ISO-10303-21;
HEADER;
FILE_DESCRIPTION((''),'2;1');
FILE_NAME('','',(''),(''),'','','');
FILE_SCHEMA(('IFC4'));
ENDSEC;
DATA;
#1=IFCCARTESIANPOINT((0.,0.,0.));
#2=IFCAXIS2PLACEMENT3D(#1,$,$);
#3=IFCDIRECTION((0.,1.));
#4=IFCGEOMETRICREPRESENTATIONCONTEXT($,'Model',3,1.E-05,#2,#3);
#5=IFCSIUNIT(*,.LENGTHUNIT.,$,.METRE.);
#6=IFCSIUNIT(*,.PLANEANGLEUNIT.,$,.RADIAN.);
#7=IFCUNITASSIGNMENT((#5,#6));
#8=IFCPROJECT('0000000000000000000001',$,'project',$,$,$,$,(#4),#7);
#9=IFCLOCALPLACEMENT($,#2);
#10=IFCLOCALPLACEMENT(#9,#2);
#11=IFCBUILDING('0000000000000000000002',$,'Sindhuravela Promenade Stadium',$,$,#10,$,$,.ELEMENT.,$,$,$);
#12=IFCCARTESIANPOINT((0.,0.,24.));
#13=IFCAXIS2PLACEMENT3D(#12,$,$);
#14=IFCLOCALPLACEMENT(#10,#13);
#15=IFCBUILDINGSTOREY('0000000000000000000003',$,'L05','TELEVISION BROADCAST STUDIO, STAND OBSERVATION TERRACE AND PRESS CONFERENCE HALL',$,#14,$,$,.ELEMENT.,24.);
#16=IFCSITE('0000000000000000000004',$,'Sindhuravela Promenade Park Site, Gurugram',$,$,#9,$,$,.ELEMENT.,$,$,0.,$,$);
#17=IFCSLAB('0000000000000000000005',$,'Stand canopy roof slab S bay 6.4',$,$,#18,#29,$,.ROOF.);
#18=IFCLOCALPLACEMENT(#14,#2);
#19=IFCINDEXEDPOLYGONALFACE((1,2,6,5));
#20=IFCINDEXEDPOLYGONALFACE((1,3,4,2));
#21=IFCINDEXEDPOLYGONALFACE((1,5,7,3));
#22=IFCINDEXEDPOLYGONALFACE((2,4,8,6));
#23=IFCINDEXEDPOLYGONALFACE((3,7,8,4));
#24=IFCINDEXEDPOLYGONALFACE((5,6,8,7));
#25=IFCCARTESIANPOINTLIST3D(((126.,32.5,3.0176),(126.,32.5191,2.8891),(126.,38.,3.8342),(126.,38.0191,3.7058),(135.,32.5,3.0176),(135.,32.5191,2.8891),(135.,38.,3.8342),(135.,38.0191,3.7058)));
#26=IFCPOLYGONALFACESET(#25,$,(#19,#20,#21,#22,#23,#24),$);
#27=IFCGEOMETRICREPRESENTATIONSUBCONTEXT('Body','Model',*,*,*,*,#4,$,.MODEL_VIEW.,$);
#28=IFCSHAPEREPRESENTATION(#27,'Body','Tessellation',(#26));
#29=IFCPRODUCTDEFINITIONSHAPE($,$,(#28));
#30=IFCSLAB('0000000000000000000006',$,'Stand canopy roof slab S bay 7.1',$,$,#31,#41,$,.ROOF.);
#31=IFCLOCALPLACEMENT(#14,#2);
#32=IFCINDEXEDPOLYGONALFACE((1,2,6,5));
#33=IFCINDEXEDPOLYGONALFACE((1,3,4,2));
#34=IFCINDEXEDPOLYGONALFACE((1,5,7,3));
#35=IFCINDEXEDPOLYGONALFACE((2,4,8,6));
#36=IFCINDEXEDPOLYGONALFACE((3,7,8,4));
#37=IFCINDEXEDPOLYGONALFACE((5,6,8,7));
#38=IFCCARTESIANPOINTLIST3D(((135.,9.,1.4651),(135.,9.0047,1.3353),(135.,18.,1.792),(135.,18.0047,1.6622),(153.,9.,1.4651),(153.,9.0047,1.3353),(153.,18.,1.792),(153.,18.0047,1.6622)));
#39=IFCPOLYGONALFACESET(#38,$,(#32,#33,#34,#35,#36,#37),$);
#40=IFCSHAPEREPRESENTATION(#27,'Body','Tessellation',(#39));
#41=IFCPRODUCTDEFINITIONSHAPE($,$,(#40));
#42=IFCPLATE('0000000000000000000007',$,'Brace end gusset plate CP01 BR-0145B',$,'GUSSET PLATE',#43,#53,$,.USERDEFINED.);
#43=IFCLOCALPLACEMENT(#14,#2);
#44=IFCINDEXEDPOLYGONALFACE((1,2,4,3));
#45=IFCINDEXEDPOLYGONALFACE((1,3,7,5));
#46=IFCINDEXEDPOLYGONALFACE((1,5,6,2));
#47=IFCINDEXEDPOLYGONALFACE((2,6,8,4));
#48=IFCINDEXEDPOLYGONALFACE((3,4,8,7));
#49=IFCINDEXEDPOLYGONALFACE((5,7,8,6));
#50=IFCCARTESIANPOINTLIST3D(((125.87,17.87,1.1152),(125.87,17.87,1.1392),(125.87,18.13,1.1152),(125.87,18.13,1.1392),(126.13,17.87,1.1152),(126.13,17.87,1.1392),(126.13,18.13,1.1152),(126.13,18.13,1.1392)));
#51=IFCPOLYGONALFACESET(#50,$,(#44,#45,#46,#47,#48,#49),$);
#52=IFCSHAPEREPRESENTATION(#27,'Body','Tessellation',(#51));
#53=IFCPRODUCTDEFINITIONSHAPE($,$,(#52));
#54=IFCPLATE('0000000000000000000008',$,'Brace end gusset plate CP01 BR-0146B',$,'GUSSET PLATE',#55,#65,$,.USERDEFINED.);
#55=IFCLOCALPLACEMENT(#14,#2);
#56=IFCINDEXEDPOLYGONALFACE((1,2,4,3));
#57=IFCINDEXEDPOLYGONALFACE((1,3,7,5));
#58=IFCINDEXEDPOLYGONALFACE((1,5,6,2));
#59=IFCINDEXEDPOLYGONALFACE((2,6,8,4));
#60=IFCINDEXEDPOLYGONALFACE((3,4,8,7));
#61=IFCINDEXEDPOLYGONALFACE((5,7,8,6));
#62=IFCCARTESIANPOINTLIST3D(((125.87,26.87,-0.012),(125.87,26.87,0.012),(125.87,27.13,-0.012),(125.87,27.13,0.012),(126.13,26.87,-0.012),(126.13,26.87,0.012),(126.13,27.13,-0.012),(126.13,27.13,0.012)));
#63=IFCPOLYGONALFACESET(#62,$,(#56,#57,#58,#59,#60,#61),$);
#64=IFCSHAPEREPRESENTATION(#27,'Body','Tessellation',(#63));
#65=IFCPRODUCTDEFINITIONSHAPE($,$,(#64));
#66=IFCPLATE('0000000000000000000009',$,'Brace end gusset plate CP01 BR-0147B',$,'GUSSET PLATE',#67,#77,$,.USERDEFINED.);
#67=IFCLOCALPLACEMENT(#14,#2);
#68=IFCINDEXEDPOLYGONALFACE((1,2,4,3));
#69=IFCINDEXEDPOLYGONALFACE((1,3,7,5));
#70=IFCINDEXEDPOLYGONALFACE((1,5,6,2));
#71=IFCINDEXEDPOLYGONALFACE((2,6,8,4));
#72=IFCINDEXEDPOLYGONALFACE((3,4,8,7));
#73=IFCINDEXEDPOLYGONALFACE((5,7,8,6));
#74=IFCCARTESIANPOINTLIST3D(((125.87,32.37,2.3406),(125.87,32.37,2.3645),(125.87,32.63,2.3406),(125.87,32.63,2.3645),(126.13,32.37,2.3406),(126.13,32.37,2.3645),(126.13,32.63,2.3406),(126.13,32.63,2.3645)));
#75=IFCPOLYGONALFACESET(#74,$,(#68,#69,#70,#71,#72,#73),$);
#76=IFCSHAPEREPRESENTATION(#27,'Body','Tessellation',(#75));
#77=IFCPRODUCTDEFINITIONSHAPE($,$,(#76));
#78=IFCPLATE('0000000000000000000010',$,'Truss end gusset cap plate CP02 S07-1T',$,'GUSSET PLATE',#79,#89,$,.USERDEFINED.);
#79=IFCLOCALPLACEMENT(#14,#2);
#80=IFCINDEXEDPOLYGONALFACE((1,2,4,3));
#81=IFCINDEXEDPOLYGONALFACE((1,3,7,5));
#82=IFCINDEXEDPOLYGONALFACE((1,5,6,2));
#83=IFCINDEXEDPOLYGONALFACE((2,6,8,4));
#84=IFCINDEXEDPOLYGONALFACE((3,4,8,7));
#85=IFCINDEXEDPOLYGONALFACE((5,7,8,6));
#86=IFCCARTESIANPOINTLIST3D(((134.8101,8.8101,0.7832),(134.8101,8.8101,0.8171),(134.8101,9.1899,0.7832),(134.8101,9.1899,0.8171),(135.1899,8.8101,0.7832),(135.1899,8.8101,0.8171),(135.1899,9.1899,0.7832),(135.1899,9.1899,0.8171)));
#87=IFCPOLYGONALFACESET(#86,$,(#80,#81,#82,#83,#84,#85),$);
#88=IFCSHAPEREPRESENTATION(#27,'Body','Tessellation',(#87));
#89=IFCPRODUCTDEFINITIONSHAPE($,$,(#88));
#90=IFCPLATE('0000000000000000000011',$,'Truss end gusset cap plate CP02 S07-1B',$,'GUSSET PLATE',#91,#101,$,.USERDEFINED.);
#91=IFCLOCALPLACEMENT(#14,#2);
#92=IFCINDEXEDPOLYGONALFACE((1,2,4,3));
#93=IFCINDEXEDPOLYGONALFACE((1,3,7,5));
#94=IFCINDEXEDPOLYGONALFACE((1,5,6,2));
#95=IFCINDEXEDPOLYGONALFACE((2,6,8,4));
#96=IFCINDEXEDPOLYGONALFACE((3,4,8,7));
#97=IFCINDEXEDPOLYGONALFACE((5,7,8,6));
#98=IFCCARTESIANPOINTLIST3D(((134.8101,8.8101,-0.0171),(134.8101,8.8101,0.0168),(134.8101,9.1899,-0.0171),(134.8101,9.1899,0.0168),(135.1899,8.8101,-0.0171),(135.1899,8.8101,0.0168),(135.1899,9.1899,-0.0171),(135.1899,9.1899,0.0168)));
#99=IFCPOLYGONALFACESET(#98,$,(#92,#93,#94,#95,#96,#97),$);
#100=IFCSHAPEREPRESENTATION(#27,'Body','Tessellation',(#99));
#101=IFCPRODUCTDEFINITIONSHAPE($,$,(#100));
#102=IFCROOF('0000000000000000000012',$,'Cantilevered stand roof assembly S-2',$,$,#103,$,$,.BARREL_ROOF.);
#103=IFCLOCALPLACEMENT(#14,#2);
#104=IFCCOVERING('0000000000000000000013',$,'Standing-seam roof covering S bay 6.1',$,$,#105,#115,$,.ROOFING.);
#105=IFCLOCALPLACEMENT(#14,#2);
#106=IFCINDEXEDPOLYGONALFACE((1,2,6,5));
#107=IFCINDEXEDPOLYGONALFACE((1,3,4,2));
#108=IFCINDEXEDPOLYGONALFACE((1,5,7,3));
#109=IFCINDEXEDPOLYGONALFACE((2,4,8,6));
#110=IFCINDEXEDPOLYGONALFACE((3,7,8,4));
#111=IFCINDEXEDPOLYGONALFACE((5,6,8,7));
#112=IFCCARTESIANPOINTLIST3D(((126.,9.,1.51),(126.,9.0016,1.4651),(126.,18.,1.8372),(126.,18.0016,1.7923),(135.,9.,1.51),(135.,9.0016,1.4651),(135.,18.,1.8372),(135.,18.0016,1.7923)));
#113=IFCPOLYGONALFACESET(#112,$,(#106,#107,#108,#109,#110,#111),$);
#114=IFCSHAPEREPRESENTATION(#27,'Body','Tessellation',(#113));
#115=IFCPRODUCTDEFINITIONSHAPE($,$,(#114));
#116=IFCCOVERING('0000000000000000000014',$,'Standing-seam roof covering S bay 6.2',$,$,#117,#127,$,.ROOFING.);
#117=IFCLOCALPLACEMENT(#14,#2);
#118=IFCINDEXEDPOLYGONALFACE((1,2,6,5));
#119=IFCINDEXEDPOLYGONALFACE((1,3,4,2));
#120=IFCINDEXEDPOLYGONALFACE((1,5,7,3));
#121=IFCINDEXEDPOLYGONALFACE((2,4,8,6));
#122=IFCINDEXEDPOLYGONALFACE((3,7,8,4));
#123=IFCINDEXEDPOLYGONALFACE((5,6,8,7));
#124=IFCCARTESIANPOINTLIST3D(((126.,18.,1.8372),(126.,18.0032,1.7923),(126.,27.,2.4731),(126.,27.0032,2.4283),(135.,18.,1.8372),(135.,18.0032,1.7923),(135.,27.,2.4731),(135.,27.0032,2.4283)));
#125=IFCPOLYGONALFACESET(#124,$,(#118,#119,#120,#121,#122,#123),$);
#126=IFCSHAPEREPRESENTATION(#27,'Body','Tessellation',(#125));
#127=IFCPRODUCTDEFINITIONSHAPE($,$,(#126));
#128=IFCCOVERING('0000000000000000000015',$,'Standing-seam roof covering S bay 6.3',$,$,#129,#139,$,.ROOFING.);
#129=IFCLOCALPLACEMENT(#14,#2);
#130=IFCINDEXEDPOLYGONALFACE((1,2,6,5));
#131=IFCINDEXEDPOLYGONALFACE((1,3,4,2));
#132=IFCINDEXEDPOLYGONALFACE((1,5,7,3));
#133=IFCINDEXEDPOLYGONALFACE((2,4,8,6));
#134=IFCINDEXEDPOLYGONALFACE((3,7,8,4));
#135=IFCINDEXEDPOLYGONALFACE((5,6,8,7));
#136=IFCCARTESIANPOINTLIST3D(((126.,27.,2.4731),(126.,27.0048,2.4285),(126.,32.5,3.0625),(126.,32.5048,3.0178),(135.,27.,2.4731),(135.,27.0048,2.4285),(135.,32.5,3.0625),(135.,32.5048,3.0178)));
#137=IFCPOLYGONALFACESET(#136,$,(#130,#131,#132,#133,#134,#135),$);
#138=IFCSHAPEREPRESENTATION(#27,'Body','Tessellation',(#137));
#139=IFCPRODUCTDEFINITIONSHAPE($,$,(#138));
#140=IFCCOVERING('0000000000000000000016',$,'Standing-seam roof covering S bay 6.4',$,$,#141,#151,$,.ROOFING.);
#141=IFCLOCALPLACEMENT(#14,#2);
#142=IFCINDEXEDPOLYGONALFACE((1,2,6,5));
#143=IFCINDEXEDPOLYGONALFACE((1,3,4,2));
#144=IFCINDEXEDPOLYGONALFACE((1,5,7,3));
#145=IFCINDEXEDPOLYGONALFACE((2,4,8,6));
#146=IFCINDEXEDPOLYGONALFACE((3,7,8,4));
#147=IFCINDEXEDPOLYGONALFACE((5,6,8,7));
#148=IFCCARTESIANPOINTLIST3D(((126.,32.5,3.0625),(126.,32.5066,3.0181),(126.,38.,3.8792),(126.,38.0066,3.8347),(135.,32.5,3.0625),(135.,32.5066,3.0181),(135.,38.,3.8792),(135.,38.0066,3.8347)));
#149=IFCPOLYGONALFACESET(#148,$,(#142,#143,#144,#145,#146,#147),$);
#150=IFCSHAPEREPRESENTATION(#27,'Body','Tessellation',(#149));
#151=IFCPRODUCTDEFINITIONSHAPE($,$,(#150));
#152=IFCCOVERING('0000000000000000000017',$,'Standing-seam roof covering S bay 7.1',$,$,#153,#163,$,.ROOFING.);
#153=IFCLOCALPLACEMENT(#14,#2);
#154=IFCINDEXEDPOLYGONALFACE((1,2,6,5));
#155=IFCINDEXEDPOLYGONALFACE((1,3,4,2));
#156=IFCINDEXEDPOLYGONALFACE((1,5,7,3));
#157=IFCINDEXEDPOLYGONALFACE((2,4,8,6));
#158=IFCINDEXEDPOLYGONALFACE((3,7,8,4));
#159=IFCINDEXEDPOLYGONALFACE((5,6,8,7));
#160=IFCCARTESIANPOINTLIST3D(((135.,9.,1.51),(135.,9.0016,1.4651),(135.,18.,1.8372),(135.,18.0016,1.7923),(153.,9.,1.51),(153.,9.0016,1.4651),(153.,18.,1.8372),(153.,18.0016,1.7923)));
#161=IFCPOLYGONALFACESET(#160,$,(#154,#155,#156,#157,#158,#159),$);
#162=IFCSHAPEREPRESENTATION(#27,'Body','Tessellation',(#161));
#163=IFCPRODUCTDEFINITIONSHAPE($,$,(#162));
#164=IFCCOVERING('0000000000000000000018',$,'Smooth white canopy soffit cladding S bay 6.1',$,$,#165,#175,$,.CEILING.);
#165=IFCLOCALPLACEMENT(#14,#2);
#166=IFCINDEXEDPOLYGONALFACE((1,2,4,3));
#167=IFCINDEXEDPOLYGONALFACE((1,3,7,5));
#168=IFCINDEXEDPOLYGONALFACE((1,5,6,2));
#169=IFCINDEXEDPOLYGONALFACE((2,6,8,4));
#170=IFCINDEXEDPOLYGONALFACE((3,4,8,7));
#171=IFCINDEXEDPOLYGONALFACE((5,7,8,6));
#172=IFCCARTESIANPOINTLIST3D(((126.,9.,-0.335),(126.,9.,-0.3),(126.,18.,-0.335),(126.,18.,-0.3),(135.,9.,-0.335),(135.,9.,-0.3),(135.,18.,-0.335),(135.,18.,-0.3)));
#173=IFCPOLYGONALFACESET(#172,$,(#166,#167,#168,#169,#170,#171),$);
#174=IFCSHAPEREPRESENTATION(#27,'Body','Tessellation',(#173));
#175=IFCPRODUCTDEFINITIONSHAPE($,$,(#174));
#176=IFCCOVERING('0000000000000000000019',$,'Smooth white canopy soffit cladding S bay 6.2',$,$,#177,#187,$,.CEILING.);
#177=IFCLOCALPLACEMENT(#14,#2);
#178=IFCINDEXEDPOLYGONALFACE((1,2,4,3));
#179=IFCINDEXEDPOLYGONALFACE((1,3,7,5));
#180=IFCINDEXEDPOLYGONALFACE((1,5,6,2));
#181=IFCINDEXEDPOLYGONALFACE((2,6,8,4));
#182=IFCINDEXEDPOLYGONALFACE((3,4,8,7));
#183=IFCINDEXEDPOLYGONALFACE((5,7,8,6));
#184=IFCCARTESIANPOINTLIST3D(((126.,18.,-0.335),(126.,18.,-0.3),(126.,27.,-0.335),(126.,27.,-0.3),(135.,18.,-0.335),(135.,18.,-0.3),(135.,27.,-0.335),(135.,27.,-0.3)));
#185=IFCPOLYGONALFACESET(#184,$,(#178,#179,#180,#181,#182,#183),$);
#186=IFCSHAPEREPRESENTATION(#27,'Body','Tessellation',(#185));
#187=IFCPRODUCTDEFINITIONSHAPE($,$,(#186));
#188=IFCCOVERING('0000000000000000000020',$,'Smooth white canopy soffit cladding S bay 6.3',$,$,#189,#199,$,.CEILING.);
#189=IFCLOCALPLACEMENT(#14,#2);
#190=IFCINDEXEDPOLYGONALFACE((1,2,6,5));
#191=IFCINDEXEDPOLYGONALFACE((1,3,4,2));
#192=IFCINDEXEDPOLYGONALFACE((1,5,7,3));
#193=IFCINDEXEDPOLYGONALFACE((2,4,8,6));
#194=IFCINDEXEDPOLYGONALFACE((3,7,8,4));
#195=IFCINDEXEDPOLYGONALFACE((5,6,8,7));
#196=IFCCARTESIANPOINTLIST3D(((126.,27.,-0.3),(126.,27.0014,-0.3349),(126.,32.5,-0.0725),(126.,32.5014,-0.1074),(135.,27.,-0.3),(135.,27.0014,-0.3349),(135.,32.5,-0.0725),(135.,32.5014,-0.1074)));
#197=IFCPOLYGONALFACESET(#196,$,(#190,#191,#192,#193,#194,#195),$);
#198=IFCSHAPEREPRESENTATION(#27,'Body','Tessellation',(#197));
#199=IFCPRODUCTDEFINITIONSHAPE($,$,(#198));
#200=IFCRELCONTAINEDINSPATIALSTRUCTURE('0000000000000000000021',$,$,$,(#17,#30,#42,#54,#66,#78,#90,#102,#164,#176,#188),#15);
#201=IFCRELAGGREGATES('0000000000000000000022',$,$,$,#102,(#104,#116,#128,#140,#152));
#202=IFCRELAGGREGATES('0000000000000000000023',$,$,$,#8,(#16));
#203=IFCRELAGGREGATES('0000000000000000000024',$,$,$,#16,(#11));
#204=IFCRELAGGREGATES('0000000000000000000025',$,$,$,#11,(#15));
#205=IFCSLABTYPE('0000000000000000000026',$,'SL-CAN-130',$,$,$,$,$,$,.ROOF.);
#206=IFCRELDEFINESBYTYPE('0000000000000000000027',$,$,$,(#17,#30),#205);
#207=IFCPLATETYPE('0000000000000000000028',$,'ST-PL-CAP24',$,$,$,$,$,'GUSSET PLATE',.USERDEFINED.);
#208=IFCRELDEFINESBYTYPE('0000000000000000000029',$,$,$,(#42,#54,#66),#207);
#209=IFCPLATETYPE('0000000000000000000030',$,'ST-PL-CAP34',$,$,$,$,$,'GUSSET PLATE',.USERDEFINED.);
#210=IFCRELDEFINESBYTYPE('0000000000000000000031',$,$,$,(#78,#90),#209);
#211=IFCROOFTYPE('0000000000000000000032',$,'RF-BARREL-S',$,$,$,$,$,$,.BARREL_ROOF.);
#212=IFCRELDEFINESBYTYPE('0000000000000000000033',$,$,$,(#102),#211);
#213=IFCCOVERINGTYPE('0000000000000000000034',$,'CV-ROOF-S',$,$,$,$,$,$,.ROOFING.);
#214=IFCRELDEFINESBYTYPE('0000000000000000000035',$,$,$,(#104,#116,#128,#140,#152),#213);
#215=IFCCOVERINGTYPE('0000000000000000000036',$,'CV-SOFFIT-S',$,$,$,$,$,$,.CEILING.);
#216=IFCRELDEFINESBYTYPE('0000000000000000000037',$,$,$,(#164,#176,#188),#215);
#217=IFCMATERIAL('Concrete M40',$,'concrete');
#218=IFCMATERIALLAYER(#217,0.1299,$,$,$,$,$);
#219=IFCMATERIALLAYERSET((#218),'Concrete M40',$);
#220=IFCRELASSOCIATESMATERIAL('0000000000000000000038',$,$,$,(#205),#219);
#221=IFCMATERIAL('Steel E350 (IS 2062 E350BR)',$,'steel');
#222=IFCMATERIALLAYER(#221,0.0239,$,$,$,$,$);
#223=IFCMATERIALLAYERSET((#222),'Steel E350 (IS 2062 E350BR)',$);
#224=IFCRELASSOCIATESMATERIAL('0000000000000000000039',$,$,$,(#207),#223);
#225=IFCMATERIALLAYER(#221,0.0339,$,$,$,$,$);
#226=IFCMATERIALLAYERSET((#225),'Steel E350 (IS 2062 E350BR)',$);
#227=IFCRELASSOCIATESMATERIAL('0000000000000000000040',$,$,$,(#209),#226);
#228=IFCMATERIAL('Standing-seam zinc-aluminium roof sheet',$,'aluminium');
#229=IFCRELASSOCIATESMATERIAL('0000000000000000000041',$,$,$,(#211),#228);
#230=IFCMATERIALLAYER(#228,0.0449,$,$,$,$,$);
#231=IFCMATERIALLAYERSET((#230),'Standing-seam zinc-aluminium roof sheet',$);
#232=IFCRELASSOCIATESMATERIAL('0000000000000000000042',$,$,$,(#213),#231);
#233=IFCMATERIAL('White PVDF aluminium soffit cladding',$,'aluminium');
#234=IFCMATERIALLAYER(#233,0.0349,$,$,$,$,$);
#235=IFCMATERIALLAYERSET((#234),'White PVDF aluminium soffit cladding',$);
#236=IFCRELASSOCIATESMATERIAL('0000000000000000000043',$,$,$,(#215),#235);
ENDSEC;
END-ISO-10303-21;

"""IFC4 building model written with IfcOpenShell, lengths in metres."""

from ifc_helpers import new_model, si_unit, direction, frame, origin, origin_2d, place, context, subcontext, project, spatial, polyline, rectangle, outline, extrude, material, layer, layer_set, type_object, element, aggregate, save


model = new_model("IFC4")

# Units and contexts
model_context = context("Model", 3, precision=1e-05, world=origin(), true_north=direction((0.0, 1.0)))
body_context = subcontext(model_context, "Body", "Model", "MODEL_VIEW")
ifc_project = project(units=[si_unit("LENGTHUNIT", "METRE"), si_unit("PLANEANGLEUNIT", "RADIAN")], contexts=[model_context])

# Site, building, storey
site_placement = place(None, origin())
site = spatial("IfcSite", under=ifc_project, at=site_placement, Name="Sindhuravela Promenade Park Site, Gurugram", CompositionType="ELEMENT", RefElevation=0.0)
building_placement = place(site_placement, origin())
building = spatial("IfcBuilding", under=site, at=building_placement, Name="Sindhuravela Promenade Stadium", CompositionType="ELEMENT")
storey_placement = place(building_placement, frame((0.0, 0.0, 24.0)))
storey = spatial("IfcBuildingStorey", under=building, at=storey_placement, Name="L05", Description="TELEVISION BROADCAST STUDIO, STAND OBSERVATION TERRACE AND PRESS CONFERENCE HALL", CompositionType="ELEMENT", Elevation=24.0)

# Shared definitions
ifc_material_1 = material(Name="Steel E350 (IS 2062 E350BR)", Category="steel")

# Slabs
ifc_material_2 = material(Name="Concrete M40", Category="concrete")
ifc_layer_1 = layer(ifc_material_2, 0.1299)
ifc_layer_set_1 = layer_set([ifc_layer_1], Name="Concrete M40")
slab_type = type_object("IfcSlabType", Name="SL-CAN-130", PredefinedType="ROOF", material=ifc_layer_set_1)
slab_1_placement = place(storey_placement, frame((126.0, 32.5, 3.0176), z_axis=(0.0, -0.146872, 0.989156), x_axis=(1.0, 0.0, 0.0)))
element("IfcSlab", 1, at=slab_1_placement, inside=storey, type_object=slab_type, Name="Stand canopy roof slab S bay 6.4", PredefinedType="ROOF", context=body_context, shape_type="SweptSolid", body=[
    extrude(outline(polyline([(0.0, 0.0), (9.0, 0.0), (9.0, 5.5603), (0.0, 5.5603), (0.0, 0.0)])), origin(), (0.0, 0.0, -1.0), 0.1299),
])
slab_2_placement = place(storey_placement, frame((135.0, 9.0, 1.4651), z_axis=(0.0, -0.036299, 0.999341), x_axis=(1.0, 0.0, 0.0)))
element("IfcSlab", 2, at=slab_2_placement, inside=storey, type_object=slab_type, Name="Stand canopy roof slab S bay 7.1", PredefinedType="ROOF", context=body_context, shape_type="SweptSolid", body=[
    extrude(outline(polyline([(0.0, 0.0), (18.0, 0.0), (18.0, 9.0059), (0.0, 9.0059), (0.0, 0.0)])), origin(), (0.0, 0.0, -1.0), 0.1299),
])

# Plates
ifc_layer_2 = layer(ifc_material_1, 0.0239)
ifc_layer_set_2 = layer_set([ifc_layer_2], Name="Steel E350 (IS 2062 E350BR)")
plate_type_1 = type_object("IfcPlateType", Name="ST-PL-CAP24", ElementType="GUSSET PLATE", PredefinedType="USERDEFINED", material=ifc_layer_set_2)
for number, where, z_axis, x_axis, name in (
    (3, (126.0, 18.0, 1.1152), (0.0, 0.0, 1.0), (1.0, 0.0, 0.0), "Brace end gusset plate CP01 BR-0145B"),
    (4, (126.0, 27.0, -0.012), (0.0, 0.0, 1.0), (1.0, 0.0, 0.0), "Brace end gusset plate CP01 BR-0146B"),
    (5, (126.0, 32.5, 2.3406), (0.0, 0.0, 1.0), (1.0, 0.0, 0.0), "Brace end gusset plate CP01 BR-0147B"),
):
    element("IfcPlate", number, at=place(storey_placement, frame(where, z_axis=z_axis, x_axis=x_axis)), inside=storey, type_object=plate_type_1, Name=name, ObjectType="GUSSET PLATE", PredefinedType="USERDEFINED", context=body_context, shape_type="SweptSolid", body=[
        extrude(rectangle(XDim=0.26, YDim=0.26, at=origin_2d()), origin(), (0.0, 0.0, 1.0), 0.0239),
    ])
ifc_layer_3 = layer(ifc_material_1, 0.0339)
ifc_layer_set_3 = layer_set([ifc_layer_3], Name="Steel E350 (IS 2062 E350BR)")
plate_type_2 = type_object("IfcPlateType", Name="ST-PL-CAP34", ElementType="GUSSET PLATE", PredefinedType="USERDEFINED", material=ifc_layer_set_3)
for number, where, z_axis, x_axis, name in (
    (6, (135.0, 9.0, 0.7832), (0.0, 0.0, 1.0), (1.0, 0.0, 0.0), "Truss end gusset cap plate CP02 S07-1T"),
    (7, (135.0, 9.0, -0.0171), (0.0, 0.0, 1.0), (1.0, 0.0, 0.0), "Truss end gusset cap plate CP02 S07-1B"),
):
    element("IfcPlate", number, at=place(storey_placement, frame(where, z_axis=z_axis, x_axis=x_axis)), inside=storey, type_object=plate_type_2, Name=name, ObjectType="GUSSET PLATE", PredefinedType="USERDEFINED", context=body_context, shape_type="SweptSolid", body=[
        extrude(rectangle(XDim=0.3799, YDim=0.3799, at=origin_2d()), origin(), (0.0, 0.0, 1.0), 0.0339),
    ])

# Roof, coverings
ifc_material_3 = material(Name="Standing-seam zinc-aluminium roof sheet", Category="aluminium")
roof_type = type_object("IfcRoofType", Name="RF-BARREL-S", PredefinedType="BARREL_ROOF", material=ifc_material_3)
roof_placement = place(storey_placement, origin())
roof = element("IfcRoof", 8, at=roof_placement, inside=storey, type_object=roof_type, Name="Cantilevered stand roof assembly S-2", PredefinedType="BARREL_ROOF")
ifc_layer_4 = layer(ifc_material_3, 0.0449)
ifc_layer_set_4 = layer_set([ifc_layer_4], Name="Standing-seam zinc-aluminium roof sheet")
covering_type_1 = type_object("IfcCoveringType", Name="CV-ROOF-S", PredefinedType="ROOFING", material=ifc_layer_set_4)
covering_1_placement = place(storey_placement, frame((126.0, 9.0, 1.51), z_axis=(0.0, -0.036326, 0.99934), x_axis=(1.0, 0.0, 0.0)))
covering_1 = element("IfcCovering", 9, at=covering_1_placement, type_object=covering_type_1, Name="Standing-seam roof covering S bay 6.1", PredefinedType="ROOFING", context=body_context, shape_type="SweptSolid", body=[
    extrude(outline(polyline([(0.0, 0.0), (9.0, 0.0), (9.0, 9.0059), (0.0, 9.0059), (0.0, 0.0)])), origin(), (0.0, 0.0, -1.0), 0.0449),
])
covering_2_placement = place(storey_placement, frame((126.0, 18.0, 1.8372), z_axis=(0.0, -0.070489, 0.997513), x_axis=(1.0, 0.0, 0.0)))
covering_2 = element("IfcCovering", 10, at=covering_2_placement, type_object=covering_type_1, Name="Standing-seam roof covering S bay 6.2", PredefinedType="ROOFING", context=body_context, shape_type="SweptSolid", body=[
    extrude(outline(polyline([(0.0, 0.0), (9.0, 0.0), (9.0, 9.0224), (0.0, 9.0224), (0.0, 0.0)])), origin(), (0.0, 0.0, -1.0), 0.0449),
])
covering_3_placement = place(storey_placement, frame((126.0, 27.0, 2.4731), z_axis=(0.0, -0.106546, 0.994308), x_axis=(1.0, 0.0, 0.0)))
covering_3 = element("IfcCovering", 11, at=covering_3_placement, type_object=covering_type_1, Name="Standing-seam roof covering S bay 6.3", PredefinedType="ROOFING", context=body_context, shape_type="SweptSolid", body=[
    extrude(outline(polyline([(0.0, 0.0), (9.0, 0.0), (9.0, 5.5315), (0.0, 5.5315), (0.0, 0.0)])), origin(), (0.0, 0.0, -1.0), 0.0449),
])
covering_4_placement = place(storey_placement, frame((126.0, 32.5, 3.0625), z_axis=(0.0, -0.146872, 0.989156), x_axis=(1.0, 0.0, 0.0)))
covering_4 = element("IfcCovering", 12, at=covering_4_placement, type_object=covering_type_1, Name="Standing-seam roof covering S bay 6.4", PredefinedType="ROOFING", context=body_context, shape_type="SweptSolid", body=[
    extrude(outline(polyline([(0.0, 0.0), (9.0, 0.0), (9.0, 5.5603), (0.0, 5.5603), (0.0, 0.0)])), origin(), (0.0, 0.0, -1.0), 0.0449),
])
covering_5_placement = place(storey_placement, frame((135.0, 9.0, 1.51), z_axis=(0.0, -0.036326, 0.99934), x_axis=(1.0, 0.0, 0.0)))
covering_5 = element("IfcCovering", 13, at=covering_5_placement, type_object=covering_type_1, Name="Standing-seam roof covering S bay 7.1", PredefinedType="ROOFING", context=body_context, shape_type="SweptSolid", body=[
    extrude(outline(polyline([(0.0, 0.0), (18.0, 0.0), (18.0, 9.0059), (0.0, 9.0059), (0.0, 0.0)])), origin(), (0.0, 0.0, -1.0), 0.0449),
])
aggregate(roof, [covering_1, covering_2, covering_3, covering_4, covering_5])

# Coverings
ifc_material_4 = material(Name="White PVDF aluminium soffit cladding", Category="aluminium")
ifc_layer_5 = layer(ifc_material_4, 0.0349)
ifc_layer_set_5 = layer_set([ifc_layer_5], Name="White PVDF aluminium soffit cladding")
covering_type_2 = type_object("IfcCoveringType", Name="CV-SOFFIT-S", PredefinedType="CEILING", material=ifc_layer_set_5)
for number, where, z_axis, x_axis, name in (
    (14, (126.0, 9.0, -0.3), (0.0, 0.0, 1.0), (1.0, 0.0, 0.0), "Smooth white canopy soffit cladding S bay 6.1"),
    (15, (126.0, 18.0, -0.3), (0.0, 0.0, 1.0), (1.0, 0.0, 0.0), "Smooth white canopy soffit cladding S bay 6.2"),
):
    element("IfcCovering", number, at=place(storey_placement, frame(where, z_axis=z_axis, x_axis=x_axis)), inside=storey, type_object=covering_type_2, Name=name, PredefinedType="CEILING", context=body_context, shape_type="SweptSolid", body=[
        extrude(outline(polyline([(0.0, 0.0), (9.0, 0.0), (9.0, 9.0), (0.0, 9.0), (0.0, 0.0)])), origin(), (0.0, 0.0, -1.0), 0.0349),
    ])
covering_6_placement = place(storey_placement, frame((126.0, 27.0, -0.3), z_axis=(0.0, -0.041335, 0.999145), x_axis=(1.0, 0.0, 0.0)))
element("IfcCovering", 16, at=covering_6_placement, inside=storey, type_object=covering_type_2, Name="Smooth white canopy soffit cladding S bay 6.3", PredefinedType="CEILING", context=body_context, shape_type="SweptSolid", body=[
    extrude(outline(polyline([(0.0, 0.0), (9.0, 0.0), (9.0, 5.5047), (0.0, 5.5047), (0.0, 0.0)])), origin(), (0.0, 0.0, -1.0), 0.0349),
])

save(model, "model.ifc")
